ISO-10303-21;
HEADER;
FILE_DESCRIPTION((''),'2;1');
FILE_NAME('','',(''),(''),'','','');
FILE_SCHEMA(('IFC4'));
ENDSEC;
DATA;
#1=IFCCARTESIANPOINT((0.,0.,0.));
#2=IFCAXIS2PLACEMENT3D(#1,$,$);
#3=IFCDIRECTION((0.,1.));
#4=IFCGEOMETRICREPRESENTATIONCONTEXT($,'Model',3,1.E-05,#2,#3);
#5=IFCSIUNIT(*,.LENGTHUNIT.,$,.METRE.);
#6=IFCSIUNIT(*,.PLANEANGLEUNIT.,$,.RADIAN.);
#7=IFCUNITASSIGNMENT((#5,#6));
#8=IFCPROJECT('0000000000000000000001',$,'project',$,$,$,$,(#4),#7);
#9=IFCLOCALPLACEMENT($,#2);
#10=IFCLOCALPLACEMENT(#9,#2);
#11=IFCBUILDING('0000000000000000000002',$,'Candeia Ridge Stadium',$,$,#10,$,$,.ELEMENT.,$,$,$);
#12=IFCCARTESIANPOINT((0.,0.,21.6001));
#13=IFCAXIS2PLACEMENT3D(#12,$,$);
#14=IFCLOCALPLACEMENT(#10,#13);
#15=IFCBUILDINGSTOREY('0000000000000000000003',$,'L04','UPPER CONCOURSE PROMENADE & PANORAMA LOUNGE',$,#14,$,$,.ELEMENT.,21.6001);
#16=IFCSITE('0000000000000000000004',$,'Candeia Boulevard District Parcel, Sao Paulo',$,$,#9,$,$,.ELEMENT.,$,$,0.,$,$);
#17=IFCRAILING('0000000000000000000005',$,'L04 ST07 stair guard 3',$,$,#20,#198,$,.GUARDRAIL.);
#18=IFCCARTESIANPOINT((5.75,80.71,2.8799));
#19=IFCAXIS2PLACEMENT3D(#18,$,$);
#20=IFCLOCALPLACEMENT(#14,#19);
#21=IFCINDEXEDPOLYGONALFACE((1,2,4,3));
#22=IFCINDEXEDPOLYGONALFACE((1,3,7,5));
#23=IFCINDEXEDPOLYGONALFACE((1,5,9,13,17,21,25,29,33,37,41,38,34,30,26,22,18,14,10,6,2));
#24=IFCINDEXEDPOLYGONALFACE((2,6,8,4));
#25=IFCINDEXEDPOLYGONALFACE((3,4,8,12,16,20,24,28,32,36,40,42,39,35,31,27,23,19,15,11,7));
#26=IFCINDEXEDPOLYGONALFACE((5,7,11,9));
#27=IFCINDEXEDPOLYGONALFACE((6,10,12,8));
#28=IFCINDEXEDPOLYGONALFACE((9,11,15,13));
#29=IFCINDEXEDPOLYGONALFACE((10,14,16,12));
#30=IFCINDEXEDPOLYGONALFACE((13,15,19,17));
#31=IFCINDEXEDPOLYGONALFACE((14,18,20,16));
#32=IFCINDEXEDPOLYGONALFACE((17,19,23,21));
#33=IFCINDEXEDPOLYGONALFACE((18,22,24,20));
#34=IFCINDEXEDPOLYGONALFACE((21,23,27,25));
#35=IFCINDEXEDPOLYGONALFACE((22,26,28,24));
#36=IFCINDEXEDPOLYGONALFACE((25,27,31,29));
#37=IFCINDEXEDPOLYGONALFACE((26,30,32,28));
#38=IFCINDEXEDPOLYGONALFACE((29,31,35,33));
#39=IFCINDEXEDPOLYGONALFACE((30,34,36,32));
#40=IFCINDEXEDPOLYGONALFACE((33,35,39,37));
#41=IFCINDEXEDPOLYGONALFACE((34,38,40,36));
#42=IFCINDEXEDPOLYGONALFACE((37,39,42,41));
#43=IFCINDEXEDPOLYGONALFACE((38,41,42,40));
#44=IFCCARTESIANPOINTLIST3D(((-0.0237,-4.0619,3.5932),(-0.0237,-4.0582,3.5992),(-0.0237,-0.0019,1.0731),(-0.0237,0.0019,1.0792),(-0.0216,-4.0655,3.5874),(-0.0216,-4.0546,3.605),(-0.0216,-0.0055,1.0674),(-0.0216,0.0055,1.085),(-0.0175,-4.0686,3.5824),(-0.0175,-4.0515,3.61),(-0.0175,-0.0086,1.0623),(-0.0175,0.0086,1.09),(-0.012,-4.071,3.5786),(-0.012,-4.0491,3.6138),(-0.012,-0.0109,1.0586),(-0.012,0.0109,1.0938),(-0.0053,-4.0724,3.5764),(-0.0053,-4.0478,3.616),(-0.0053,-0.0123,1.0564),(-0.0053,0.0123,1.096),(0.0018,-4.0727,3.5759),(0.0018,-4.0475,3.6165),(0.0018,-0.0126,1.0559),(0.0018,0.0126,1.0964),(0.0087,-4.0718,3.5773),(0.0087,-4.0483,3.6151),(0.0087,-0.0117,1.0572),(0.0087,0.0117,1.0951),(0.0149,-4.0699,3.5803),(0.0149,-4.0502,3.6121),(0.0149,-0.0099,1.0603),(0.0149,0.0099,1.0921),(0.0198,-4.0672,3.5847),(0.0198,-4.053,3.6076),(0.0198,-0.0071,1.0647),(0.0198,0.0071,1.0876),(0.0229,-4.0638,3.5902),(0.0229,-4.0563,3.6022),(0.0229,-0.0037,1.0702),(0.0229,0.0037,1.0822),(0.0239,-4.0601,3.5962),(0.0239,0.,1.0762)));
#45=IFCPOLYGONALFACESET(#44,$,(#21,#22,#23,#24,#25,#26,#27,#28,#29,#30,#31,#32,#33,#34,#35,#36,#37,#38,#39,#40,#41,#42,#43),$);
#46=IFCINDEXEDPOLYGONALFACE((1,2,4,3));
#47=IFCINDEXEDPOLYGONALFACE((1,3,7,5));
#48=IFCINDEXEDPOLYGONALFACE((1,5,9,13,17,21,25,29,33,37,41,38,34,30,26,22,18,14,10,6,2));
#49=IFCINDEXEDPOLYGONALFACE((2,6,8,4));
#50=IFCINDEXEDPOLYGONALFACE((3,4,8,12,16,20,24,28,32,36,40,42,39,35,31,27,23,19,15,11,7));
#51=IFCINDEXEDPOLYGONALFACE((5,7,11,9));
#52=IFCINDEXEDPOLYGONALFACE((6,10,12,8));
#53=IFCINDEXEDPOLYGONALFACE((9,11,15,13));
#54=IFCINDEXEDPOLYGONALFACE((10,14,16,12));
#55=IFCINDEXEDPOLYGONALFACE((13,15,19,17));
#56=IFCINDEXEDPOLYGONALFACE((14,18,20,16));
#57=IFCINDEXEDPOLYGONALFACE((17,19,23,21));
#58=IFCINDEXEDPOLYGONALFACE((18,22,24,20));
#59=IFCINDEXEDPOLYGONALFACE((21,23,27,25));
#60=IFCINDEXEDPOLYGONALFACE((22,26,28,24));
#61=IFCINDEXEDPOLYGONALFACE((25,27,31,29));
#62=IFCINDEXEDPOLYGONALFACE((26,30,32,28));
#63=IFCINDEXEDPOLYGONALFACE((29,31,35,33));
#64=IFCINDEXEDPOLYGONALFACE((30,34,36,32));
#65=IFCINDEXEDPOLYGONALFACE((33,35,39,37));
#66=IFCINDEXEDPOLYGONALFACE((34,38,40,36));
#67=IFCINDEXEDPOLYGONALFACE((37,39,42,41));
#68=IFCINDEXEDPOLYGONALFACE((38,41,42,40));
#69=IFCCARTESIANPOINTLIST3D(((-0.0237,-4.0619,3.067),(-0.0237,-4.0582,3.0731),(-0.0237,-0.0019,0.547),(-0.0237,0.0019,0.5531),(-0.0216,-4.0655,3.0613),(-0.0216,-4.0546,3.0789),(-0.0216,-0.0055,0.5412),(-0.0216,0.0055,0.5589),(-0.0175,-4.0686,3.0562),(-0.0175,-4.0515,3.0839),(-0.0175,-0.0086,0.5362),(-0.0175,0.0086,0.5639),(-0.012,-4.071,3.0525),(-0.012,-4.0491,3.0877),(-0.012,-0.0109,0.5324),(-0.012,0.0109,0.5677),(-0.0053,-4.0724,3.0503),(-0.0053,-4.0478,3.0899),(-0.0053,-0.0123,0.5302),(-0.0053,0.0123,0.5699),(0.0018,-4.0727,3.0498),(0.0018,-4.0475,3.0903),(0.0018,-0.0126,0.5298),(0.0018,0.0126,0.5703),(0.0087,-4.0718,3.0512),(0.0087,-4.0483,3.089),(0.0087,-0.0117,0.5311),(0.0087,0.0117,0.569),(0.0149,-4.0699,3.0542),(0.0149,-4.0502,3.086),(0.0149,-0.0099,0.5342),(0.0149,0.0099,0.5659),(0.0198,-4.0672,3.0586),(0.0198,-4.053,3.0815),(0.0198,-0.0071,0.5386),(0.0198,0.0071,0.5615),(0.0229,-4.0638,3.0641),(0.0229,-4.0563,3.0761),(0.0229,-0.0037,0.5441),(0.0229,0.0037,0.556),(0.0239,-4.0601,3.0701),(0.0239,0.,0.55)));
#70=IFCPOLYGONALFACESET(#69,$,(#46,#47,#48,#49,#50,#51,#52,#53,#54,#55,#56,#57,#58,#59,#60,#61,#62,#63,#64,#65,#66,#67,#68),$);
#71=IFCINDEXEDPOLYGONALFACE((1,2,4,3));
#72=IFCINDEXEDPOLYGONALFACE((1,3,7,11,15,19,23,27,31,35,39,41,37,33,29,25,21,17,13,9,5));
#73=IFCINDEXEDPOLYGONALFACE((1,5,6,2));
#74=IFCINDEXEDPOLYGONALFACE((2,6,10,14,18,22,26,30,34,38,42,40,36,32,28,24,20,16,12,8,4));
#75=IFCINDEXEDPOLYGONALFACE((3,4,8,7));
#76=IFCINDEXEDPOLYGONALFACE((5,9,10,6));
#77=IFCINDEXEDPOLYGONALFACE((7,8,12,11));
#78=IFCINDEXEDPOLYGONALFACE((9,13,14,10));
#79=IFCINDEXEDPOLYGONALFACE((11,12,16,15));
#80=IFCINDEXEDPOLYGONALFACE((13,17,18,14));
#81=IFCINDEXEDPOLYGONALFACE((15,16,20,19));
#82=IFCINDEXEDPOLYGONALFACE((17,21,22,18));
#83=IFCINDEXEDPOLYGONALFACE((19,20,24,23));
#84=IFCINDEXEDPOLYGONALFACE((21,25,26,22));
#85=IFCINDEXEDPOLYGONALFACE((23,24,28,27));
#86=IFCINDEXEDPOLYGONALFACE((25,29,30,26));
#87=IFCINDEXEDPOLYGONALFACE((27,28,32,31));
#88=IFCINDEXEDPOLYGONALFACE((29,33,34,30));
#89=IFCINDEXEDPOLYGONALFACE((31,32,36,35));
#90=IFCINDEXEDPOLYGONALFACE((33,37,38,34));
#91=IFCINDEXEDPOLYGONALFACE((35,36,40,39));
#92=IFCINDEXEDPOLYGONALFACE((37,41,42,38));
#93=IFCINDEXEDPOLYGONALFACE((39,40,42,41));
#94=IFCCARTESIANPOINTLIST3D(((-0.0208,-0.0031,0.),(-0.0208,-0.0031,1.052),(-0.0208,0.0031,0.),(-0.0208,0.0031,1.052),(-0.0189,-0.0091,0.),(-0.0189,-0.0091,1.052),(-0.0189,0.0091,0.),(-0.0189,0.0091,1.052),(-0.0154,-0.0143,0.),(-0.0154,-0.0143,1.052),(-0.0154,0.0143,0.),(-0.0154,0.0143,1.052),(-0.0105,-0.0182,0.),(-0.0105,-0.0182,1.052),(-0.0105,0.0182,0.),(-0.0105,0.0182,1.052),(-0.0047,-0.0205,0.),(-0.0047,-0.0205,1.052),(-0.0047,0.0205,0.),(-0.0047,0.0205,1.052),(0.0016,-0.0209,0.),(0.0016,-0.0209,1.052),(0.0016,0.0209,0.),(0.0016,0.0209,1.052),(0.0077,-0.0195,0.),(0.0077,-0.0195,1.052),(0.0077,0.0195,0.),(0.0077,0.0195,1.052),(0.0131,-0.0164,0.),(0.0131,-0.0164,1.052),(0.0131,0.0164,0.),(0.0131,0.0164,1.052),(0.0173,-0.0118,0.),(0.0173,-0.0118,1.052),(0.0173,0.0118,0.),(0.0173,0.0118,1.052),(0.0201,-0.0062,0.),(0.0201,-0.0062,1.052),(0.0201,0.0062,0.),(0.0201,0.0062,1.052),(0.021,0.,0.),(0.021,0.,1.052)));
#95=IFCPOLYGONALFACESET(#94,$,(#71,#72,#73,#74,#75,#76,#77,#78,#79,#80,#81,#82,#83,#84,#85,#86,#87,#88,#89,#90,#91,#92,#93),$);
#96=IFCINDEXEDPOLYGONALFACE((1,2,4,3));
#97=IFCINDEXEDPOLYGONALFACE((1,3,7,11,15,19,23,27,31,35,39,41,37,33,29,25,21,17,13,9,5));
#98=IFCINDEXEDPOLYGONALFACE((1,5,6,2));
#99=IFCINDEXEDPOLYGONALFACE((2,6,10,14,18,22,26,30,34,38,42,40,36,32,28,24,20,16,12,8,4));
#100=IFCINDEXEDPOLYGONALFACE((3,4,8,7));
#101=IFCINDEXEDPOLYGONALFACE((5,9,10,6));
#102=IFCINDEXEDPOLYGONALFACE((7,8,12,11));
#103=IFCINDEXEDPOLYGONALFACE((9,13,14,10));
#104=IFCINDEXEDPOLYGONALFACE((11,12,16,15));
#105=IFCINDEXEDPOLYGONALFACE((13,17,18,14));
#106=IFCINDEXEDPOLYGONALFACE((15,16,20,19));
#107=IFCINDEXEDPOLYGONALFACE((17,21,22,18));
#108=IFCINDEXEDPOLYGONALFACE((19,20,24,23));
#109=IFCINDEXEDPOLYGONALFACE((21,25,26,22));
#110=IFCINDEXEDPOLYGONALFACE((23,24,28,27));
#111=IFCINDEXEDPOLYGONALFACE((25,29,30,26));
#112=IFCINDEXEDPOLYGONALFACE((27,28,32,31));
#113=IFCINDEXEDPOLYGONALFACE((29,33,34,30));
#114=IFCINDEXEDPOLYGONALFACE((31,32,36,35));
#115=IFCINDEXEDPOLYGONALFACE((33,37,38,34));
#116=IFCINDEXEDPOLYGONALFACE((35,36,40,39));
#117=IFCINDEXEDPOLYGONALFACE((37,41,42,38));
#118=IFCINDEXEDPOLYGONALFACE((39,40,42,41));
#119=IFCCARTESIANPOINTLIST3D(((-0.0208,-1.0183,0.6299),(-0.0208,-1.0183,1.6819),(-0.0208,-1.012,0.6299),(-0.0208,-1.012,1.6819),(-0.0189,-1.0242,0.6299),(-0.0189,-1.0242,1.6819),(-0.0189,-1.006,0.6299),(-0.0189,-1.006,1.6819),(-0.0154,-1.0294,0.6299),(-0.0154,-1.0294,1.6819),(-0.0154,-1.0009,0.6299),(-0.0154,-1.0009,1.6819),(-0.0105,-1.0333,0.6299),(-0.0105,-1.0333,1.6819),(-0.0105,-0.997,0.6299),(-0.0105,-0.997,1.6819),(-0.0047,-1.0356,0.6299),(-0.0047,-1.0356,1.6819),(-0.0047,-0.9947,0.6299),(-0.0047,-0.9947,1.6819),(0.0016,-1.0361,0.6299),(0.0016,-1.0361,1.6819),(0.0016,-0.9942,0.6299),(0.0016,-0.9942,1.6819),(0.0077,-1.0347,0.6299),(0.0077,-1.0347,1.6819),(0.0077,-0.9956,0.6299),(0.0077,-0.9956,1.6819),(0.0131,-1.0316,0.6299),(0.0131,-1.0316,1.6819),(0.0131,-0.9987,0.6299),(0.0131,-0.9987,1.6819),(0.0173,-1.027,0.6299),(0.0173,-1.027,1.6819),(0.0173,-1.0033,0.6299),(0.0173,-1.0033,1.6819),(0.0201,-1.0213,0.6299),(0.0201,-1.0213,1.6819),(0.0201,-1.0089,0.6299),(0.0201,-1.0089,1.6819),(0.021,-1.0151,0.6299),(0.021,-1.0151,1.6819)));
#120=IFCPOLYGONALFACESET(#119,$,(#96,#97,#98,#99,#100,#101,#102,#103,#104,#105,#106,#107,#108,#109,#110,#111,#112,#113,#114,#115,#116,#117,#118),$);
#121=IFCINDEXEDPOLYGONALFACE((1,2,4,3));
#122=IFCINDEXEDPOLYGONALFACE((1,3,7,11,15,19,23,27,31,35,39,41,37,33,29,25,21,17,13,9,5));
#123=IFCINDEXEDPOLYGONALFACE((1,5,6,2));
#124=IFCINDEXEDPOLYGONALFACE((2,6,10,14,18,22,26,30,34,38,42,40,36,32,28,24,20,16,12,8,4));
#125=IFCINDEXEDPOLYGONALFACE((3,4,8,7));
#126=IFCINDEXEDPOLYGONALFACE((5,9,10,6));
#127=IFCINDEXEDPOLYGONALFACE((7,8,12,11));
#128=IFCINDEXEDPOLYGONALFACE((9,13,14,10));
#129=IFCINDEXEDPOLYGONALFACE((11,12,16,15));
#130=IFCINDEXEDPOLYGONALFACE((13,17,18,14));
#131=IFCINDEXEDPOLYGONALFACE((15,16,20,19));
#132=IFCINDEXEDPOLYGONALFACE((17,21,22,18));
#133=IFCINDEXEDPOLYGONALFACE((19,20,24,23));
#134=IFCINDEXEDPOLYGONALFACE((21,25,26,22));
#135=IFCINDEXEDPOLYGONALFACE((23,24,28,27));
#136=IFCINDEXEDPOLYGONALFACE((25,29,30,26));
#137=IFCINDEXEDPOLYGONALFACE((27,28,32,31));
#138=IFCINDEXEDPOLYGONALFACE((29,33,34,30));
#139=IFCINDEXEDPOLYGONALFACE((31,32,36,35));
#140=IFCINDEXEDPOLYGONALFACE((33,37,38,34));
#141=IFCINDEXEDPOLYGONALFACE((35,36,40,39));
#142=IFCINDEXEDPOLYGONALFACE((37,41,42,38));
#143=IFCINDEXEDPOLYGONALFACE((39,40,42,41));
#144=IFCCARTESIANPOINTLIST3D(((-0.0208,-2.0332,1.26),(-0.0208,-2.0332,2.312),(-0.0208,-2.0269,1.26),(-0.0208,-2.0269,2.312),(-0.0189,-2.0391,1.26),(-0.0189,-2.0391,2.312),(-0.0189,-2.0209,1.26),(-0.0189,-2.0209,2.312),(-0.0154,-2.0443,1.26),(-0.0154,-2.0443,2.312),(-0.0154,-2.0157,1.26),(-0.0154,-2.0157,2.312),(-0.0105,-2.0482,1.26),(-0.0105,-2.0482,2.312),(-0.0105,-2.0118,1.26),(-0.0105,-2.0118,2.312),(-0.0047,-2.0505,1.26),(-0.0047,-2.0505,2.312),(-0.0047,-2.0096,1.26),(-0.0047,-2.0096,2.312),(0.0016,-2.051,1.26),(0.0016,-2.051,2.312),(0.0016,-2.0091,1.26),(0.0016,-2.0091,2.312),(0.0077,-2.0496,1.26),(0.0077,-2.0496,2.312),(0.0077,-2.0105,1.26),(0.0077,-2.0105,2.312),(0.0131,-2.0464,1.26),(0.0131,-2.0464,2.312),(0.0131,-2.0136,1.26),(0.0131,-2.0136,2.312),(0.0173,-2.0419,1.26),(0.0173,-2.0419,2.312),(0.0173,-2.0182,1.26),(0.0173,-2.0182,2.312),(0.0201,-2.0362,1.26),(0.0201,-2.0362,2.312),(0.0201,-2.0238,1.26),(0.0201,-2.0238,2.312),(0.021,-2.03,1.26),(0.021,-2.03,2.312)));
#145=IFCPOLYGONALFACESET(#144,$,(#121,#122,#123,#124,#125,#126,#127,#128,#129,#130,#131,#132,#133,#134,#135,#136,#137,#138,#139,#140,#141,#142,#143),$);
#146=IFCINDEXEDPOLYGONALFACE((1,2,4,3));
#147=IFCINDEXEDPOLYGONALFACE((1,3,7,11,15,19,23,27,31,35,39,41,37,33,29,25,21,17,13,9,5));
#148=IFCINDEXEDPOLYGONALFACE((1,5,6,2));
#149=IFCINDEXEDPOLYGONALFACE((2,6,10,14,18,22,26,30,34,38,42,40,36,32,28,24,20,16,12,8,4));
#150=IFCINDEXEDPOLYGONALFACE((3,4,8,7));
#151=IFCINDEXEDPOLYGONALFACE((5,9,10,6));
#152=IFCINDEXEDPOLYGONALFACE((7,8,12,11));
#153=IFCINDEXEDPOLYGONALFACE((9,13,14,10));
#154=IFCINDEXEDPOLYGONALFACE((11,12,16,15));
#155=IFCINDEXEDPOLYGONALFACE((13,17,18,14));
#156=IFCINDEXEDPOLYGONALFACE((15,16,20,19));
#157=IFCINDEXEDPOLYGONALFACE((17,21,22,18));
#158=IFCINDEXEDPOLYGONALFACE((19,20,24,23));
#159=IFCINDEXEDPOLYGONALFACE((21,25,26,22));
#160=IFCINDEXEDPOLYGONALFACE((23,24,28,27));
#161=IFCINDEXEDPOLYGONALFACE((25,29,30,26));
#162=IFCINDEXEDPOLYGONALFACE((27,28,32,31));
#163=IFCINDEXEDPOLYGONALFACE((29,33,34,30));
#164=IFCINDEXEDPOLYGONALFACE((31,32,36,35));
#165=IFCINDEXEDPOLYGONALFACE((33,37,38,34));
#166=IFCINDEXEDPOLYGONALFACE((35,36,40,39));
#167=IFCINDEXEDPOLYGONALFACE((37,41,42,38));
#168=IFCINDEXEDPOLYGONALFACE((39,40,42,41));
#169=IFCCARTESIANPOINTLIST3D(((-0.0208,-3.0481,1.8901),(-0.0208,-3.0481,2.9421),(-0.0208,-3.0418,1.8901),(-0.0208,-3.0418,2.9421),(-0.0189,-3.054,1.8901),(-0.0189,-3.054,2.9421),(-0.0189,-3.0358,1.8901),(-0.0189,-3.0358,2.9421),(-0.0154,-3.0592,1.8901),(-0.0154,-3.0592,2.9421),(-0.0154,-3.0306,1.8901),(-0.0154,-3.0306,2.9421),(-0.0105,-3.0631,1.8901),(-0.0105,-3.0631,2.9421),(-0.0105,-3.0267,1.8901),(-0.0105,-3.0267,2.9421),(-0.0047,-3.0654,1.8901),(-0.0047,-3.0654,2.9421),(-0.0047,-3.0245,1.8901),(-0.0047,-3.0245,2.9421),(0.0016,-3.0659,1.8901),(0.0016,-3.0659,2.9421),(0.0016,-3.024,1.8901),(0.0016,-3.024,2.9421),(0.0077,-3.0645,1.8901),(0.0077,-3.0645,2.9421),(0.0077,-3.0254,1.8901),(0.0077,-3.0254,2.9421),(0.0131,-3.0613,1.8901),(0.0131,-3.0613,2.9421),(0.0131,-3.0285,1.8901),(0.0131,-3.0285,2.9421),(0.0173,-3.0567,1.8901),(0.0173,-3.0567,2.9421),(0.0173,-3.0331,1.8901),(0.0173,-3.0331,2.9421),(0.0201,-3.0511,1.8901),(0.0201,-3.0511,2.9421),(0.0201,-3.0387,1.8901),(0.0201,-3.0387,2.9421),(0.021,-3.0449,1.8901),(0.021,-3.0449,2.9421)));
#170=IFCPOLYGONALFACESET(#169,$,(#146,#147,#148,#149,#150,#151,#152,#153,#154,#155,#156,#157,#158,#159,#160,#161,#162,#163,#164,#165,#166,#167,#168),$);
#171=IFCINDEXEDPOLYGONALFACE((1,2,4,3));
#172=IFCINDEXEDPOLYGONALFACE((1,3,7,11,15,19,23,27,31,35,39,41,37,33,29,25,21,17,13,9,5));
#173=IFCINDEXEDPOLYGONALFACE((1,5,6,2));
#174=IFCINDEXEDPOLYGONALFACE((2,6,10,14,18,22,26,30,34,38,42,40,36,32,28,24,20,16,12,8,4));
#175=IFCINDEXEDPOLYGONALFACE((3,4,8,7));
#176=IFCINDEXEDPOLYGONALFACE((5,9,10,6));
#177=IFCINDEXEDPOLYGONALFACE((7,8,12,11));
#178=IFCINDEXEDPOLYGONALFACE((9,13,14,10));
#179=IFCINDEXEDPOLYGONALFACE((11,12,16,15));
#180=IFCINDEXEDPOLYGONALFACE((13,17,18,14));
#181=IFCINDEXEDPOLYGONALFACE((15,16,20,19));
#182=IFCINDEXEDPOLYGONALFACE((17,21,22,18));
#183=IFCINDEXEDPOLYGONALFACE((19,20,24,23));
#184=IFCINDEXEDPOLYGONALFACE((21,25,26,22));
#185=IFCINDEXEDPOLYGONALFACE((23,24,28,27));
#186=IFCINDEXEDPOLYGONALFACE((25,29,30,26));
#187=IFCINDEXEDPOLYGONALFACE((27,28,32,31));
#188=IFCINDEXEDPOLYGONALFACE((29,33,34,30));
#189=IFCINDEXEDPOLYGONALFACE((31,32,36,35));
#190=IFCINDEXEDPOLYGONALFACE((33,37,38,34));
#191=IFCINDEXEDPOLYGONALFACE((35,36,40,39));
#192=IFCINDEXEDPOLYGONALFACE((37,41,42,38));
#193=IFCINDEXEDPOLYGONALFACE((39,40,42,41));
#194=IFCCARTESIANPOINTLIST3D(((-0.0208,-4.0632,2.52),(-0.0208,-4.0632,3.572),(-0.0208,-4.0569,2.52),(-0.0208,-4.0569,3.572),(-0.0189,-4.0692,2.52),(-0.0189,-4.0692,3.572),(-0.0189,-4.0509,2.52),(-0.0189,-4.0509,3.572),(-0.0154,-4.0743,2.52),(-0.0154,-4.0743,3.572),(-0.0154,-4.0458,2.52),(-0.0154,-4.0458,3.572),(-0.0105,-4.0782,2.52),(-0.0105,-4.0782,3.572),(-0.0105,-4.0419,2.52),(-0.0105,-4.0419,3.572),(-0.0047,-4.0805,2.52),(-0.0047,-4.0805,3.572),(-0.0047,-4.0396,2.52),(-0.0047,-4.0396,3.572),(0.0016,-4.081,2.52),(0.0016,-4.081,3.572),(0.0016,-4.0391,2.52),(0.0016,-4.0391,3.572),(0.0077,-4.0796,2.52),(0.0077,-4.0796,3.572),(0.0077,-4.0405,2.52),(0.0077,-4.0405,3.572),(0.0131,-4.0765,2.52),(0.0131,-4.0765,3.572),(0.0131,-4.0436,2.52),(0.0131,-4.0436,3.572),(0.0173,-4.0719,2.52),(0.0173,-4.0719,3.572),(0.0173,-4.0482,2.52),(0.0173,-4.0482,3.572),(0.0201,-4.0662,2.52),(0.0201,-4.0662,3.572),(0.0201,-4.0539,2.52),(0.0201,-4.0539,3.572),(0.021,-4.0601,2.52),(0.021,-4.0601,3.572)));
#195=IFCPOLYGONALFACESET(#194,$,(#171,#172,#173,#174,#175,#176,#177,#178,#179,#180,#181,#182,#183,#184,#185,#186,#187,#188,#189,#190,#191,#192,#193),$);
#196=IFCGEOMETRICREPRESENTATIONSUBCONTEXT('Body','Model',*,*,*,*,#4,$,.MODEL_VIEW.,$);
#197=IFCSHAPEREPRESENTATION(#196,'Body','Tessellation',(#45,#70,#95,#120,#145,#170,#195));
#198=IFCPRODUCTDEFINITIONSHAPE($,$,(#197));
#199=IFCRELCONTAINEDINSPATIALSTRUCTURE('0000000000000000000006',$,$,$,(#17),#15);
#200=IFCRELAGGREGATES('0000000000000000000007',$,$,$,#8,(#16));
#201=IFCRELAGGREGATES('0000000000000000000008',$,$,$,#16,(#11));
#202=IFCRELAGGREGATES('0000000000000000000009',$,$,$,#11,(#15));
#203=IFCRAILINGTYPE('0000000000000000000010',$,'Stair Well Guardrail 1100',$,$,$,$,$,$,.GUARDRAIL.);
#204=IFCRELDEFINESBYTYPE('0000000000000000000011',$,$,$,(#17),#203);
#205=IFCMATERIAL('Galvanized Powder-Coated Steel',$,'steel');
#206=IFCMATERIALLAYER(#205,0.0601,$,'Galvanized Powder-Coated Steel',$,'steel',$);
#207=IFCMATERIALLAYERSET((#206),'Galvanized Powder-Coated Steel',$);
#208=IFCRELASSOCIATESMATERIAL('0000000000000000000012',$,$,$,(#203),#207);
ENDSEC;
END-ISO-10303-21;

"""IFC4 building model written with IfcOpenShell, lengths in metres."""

from ifc_helpers import new_model, si_unit, direction, frame, origin, origin_2d, place, context, subcontext, project, spatial, circle, extrude, material, layer, layer_set, type_object, element, save


model = new_model("IFC4")

# Units and contexts
model_context = context("Model", 3, precision=1e-05, world=origin(), true_north=direction((0.0, 1.0)))
body_context = subcontext(model_context, "Body", "Model", "MODEL_VIEW")
ifc_project = project(units=[si_unit("LENGTHUNIT", "METRE"), si_unit("PLANEANGLEUNIT", "RADIAN")], contexts=[model_context])

# Site, building, storey
site_placement = place(None, origin())
site = spatial("IfcSite", under=ifc_project, at=site_placement, Name="Candeia Boulevard District Parcel, Sao Paulo", CompositionType="ELEMENT", RefElevation=0.0)
building_placement = place(site_placement, origin())
building = spatial("IfcBuilding", under=site, at=building_placement, Name="Candeia Ridge Stadium", CompositionType="ELEMENT")
storey_placement = place(building_placement, frame((0.0, 0.0, 21.6001)))
storey = spatial("IfcBuildingStorey", under=building, at=storey_placement, Name="L04", Description="UPPER CONCOURSE PROMENADE & PANORAMA LOUNGE", CompositionType="ELEMENT", Elevation=21.6001)

# Railing
ifc_material_1 = material(Name="Galvanized Powder-Coated Steel", Category="steel")
ifc_layer_1 = layer(ifc_material_1, 0.0601, Name="Galvanized Powder-Coated Steel", Category="steel")
ifc_layer_set_1 = layer_set([ifc_layer_1], Name="Galvanized Powder-Coated Steel")
railing_type_1 = type_object("IfcRailingType", Name="Stair Well Guardrail 1100", PredefinedType="GUARDRAIL", material=ifc_layer_set_1)
railing_1_placement = place(storey_placement, frame((5.75, 80.71, 2.8799)))
element("IfcRailing", 1, at=railing_1_placement, inside=storey, type_object=railing_type_1, Name="L04 ST07 stair guard 3", PredefinedType="GUARDRAIL", context=body_context, shape_type="SweptSolid", body=[
    extrude(circle(Radius=0.0239, at=origin_2d()), frame((0.0, 0.0, 1.0762), z_axis=(0.0, -0.849642, 0.52736), x_axis=(1.0, 0.0, 0.0)), (0.0, 0.0, 1.0), 4.7786),
    extrude(circle(Radius=0.0239, at=origin_2d()), frame((0.0, 0.0, 0.55), z_axis=(0.0, -0.849642, 0.52736), x_axis=(1.0, 0.0, 0.0)), (0.0, 0.0, 1.0), 4.7786),
    extrude(circle(Radius=0.021, at=origin_2d()), origin(), (0.0, 0.0, 1.0), 1.052),
    extrude(circle(Radius=0.021, at=origin_2d()), frame((0.0, -1.0151, 0.6299)), (0.0, 0.0, 1.0), 1.052),
    extrude(circle(Radius=0.021, at=origin_2d()), frame((0.0, -2.03, 1.26)), (0.0, 0.0, 1.0), 1.052),
    extrude(circle(Radius=0.021, at=origin_2d()), frame((0.0, -3.0449, 1.8901)), (0.0, 0.0, 1.0), 1.052),
    extrude(circle(Radius=0.021, at=origin_2d()), frame((0.0, -4.0601, 2.52)), (0.0, 0.0, 1.0), 1.052),
])

save(model, "model.ifc")
